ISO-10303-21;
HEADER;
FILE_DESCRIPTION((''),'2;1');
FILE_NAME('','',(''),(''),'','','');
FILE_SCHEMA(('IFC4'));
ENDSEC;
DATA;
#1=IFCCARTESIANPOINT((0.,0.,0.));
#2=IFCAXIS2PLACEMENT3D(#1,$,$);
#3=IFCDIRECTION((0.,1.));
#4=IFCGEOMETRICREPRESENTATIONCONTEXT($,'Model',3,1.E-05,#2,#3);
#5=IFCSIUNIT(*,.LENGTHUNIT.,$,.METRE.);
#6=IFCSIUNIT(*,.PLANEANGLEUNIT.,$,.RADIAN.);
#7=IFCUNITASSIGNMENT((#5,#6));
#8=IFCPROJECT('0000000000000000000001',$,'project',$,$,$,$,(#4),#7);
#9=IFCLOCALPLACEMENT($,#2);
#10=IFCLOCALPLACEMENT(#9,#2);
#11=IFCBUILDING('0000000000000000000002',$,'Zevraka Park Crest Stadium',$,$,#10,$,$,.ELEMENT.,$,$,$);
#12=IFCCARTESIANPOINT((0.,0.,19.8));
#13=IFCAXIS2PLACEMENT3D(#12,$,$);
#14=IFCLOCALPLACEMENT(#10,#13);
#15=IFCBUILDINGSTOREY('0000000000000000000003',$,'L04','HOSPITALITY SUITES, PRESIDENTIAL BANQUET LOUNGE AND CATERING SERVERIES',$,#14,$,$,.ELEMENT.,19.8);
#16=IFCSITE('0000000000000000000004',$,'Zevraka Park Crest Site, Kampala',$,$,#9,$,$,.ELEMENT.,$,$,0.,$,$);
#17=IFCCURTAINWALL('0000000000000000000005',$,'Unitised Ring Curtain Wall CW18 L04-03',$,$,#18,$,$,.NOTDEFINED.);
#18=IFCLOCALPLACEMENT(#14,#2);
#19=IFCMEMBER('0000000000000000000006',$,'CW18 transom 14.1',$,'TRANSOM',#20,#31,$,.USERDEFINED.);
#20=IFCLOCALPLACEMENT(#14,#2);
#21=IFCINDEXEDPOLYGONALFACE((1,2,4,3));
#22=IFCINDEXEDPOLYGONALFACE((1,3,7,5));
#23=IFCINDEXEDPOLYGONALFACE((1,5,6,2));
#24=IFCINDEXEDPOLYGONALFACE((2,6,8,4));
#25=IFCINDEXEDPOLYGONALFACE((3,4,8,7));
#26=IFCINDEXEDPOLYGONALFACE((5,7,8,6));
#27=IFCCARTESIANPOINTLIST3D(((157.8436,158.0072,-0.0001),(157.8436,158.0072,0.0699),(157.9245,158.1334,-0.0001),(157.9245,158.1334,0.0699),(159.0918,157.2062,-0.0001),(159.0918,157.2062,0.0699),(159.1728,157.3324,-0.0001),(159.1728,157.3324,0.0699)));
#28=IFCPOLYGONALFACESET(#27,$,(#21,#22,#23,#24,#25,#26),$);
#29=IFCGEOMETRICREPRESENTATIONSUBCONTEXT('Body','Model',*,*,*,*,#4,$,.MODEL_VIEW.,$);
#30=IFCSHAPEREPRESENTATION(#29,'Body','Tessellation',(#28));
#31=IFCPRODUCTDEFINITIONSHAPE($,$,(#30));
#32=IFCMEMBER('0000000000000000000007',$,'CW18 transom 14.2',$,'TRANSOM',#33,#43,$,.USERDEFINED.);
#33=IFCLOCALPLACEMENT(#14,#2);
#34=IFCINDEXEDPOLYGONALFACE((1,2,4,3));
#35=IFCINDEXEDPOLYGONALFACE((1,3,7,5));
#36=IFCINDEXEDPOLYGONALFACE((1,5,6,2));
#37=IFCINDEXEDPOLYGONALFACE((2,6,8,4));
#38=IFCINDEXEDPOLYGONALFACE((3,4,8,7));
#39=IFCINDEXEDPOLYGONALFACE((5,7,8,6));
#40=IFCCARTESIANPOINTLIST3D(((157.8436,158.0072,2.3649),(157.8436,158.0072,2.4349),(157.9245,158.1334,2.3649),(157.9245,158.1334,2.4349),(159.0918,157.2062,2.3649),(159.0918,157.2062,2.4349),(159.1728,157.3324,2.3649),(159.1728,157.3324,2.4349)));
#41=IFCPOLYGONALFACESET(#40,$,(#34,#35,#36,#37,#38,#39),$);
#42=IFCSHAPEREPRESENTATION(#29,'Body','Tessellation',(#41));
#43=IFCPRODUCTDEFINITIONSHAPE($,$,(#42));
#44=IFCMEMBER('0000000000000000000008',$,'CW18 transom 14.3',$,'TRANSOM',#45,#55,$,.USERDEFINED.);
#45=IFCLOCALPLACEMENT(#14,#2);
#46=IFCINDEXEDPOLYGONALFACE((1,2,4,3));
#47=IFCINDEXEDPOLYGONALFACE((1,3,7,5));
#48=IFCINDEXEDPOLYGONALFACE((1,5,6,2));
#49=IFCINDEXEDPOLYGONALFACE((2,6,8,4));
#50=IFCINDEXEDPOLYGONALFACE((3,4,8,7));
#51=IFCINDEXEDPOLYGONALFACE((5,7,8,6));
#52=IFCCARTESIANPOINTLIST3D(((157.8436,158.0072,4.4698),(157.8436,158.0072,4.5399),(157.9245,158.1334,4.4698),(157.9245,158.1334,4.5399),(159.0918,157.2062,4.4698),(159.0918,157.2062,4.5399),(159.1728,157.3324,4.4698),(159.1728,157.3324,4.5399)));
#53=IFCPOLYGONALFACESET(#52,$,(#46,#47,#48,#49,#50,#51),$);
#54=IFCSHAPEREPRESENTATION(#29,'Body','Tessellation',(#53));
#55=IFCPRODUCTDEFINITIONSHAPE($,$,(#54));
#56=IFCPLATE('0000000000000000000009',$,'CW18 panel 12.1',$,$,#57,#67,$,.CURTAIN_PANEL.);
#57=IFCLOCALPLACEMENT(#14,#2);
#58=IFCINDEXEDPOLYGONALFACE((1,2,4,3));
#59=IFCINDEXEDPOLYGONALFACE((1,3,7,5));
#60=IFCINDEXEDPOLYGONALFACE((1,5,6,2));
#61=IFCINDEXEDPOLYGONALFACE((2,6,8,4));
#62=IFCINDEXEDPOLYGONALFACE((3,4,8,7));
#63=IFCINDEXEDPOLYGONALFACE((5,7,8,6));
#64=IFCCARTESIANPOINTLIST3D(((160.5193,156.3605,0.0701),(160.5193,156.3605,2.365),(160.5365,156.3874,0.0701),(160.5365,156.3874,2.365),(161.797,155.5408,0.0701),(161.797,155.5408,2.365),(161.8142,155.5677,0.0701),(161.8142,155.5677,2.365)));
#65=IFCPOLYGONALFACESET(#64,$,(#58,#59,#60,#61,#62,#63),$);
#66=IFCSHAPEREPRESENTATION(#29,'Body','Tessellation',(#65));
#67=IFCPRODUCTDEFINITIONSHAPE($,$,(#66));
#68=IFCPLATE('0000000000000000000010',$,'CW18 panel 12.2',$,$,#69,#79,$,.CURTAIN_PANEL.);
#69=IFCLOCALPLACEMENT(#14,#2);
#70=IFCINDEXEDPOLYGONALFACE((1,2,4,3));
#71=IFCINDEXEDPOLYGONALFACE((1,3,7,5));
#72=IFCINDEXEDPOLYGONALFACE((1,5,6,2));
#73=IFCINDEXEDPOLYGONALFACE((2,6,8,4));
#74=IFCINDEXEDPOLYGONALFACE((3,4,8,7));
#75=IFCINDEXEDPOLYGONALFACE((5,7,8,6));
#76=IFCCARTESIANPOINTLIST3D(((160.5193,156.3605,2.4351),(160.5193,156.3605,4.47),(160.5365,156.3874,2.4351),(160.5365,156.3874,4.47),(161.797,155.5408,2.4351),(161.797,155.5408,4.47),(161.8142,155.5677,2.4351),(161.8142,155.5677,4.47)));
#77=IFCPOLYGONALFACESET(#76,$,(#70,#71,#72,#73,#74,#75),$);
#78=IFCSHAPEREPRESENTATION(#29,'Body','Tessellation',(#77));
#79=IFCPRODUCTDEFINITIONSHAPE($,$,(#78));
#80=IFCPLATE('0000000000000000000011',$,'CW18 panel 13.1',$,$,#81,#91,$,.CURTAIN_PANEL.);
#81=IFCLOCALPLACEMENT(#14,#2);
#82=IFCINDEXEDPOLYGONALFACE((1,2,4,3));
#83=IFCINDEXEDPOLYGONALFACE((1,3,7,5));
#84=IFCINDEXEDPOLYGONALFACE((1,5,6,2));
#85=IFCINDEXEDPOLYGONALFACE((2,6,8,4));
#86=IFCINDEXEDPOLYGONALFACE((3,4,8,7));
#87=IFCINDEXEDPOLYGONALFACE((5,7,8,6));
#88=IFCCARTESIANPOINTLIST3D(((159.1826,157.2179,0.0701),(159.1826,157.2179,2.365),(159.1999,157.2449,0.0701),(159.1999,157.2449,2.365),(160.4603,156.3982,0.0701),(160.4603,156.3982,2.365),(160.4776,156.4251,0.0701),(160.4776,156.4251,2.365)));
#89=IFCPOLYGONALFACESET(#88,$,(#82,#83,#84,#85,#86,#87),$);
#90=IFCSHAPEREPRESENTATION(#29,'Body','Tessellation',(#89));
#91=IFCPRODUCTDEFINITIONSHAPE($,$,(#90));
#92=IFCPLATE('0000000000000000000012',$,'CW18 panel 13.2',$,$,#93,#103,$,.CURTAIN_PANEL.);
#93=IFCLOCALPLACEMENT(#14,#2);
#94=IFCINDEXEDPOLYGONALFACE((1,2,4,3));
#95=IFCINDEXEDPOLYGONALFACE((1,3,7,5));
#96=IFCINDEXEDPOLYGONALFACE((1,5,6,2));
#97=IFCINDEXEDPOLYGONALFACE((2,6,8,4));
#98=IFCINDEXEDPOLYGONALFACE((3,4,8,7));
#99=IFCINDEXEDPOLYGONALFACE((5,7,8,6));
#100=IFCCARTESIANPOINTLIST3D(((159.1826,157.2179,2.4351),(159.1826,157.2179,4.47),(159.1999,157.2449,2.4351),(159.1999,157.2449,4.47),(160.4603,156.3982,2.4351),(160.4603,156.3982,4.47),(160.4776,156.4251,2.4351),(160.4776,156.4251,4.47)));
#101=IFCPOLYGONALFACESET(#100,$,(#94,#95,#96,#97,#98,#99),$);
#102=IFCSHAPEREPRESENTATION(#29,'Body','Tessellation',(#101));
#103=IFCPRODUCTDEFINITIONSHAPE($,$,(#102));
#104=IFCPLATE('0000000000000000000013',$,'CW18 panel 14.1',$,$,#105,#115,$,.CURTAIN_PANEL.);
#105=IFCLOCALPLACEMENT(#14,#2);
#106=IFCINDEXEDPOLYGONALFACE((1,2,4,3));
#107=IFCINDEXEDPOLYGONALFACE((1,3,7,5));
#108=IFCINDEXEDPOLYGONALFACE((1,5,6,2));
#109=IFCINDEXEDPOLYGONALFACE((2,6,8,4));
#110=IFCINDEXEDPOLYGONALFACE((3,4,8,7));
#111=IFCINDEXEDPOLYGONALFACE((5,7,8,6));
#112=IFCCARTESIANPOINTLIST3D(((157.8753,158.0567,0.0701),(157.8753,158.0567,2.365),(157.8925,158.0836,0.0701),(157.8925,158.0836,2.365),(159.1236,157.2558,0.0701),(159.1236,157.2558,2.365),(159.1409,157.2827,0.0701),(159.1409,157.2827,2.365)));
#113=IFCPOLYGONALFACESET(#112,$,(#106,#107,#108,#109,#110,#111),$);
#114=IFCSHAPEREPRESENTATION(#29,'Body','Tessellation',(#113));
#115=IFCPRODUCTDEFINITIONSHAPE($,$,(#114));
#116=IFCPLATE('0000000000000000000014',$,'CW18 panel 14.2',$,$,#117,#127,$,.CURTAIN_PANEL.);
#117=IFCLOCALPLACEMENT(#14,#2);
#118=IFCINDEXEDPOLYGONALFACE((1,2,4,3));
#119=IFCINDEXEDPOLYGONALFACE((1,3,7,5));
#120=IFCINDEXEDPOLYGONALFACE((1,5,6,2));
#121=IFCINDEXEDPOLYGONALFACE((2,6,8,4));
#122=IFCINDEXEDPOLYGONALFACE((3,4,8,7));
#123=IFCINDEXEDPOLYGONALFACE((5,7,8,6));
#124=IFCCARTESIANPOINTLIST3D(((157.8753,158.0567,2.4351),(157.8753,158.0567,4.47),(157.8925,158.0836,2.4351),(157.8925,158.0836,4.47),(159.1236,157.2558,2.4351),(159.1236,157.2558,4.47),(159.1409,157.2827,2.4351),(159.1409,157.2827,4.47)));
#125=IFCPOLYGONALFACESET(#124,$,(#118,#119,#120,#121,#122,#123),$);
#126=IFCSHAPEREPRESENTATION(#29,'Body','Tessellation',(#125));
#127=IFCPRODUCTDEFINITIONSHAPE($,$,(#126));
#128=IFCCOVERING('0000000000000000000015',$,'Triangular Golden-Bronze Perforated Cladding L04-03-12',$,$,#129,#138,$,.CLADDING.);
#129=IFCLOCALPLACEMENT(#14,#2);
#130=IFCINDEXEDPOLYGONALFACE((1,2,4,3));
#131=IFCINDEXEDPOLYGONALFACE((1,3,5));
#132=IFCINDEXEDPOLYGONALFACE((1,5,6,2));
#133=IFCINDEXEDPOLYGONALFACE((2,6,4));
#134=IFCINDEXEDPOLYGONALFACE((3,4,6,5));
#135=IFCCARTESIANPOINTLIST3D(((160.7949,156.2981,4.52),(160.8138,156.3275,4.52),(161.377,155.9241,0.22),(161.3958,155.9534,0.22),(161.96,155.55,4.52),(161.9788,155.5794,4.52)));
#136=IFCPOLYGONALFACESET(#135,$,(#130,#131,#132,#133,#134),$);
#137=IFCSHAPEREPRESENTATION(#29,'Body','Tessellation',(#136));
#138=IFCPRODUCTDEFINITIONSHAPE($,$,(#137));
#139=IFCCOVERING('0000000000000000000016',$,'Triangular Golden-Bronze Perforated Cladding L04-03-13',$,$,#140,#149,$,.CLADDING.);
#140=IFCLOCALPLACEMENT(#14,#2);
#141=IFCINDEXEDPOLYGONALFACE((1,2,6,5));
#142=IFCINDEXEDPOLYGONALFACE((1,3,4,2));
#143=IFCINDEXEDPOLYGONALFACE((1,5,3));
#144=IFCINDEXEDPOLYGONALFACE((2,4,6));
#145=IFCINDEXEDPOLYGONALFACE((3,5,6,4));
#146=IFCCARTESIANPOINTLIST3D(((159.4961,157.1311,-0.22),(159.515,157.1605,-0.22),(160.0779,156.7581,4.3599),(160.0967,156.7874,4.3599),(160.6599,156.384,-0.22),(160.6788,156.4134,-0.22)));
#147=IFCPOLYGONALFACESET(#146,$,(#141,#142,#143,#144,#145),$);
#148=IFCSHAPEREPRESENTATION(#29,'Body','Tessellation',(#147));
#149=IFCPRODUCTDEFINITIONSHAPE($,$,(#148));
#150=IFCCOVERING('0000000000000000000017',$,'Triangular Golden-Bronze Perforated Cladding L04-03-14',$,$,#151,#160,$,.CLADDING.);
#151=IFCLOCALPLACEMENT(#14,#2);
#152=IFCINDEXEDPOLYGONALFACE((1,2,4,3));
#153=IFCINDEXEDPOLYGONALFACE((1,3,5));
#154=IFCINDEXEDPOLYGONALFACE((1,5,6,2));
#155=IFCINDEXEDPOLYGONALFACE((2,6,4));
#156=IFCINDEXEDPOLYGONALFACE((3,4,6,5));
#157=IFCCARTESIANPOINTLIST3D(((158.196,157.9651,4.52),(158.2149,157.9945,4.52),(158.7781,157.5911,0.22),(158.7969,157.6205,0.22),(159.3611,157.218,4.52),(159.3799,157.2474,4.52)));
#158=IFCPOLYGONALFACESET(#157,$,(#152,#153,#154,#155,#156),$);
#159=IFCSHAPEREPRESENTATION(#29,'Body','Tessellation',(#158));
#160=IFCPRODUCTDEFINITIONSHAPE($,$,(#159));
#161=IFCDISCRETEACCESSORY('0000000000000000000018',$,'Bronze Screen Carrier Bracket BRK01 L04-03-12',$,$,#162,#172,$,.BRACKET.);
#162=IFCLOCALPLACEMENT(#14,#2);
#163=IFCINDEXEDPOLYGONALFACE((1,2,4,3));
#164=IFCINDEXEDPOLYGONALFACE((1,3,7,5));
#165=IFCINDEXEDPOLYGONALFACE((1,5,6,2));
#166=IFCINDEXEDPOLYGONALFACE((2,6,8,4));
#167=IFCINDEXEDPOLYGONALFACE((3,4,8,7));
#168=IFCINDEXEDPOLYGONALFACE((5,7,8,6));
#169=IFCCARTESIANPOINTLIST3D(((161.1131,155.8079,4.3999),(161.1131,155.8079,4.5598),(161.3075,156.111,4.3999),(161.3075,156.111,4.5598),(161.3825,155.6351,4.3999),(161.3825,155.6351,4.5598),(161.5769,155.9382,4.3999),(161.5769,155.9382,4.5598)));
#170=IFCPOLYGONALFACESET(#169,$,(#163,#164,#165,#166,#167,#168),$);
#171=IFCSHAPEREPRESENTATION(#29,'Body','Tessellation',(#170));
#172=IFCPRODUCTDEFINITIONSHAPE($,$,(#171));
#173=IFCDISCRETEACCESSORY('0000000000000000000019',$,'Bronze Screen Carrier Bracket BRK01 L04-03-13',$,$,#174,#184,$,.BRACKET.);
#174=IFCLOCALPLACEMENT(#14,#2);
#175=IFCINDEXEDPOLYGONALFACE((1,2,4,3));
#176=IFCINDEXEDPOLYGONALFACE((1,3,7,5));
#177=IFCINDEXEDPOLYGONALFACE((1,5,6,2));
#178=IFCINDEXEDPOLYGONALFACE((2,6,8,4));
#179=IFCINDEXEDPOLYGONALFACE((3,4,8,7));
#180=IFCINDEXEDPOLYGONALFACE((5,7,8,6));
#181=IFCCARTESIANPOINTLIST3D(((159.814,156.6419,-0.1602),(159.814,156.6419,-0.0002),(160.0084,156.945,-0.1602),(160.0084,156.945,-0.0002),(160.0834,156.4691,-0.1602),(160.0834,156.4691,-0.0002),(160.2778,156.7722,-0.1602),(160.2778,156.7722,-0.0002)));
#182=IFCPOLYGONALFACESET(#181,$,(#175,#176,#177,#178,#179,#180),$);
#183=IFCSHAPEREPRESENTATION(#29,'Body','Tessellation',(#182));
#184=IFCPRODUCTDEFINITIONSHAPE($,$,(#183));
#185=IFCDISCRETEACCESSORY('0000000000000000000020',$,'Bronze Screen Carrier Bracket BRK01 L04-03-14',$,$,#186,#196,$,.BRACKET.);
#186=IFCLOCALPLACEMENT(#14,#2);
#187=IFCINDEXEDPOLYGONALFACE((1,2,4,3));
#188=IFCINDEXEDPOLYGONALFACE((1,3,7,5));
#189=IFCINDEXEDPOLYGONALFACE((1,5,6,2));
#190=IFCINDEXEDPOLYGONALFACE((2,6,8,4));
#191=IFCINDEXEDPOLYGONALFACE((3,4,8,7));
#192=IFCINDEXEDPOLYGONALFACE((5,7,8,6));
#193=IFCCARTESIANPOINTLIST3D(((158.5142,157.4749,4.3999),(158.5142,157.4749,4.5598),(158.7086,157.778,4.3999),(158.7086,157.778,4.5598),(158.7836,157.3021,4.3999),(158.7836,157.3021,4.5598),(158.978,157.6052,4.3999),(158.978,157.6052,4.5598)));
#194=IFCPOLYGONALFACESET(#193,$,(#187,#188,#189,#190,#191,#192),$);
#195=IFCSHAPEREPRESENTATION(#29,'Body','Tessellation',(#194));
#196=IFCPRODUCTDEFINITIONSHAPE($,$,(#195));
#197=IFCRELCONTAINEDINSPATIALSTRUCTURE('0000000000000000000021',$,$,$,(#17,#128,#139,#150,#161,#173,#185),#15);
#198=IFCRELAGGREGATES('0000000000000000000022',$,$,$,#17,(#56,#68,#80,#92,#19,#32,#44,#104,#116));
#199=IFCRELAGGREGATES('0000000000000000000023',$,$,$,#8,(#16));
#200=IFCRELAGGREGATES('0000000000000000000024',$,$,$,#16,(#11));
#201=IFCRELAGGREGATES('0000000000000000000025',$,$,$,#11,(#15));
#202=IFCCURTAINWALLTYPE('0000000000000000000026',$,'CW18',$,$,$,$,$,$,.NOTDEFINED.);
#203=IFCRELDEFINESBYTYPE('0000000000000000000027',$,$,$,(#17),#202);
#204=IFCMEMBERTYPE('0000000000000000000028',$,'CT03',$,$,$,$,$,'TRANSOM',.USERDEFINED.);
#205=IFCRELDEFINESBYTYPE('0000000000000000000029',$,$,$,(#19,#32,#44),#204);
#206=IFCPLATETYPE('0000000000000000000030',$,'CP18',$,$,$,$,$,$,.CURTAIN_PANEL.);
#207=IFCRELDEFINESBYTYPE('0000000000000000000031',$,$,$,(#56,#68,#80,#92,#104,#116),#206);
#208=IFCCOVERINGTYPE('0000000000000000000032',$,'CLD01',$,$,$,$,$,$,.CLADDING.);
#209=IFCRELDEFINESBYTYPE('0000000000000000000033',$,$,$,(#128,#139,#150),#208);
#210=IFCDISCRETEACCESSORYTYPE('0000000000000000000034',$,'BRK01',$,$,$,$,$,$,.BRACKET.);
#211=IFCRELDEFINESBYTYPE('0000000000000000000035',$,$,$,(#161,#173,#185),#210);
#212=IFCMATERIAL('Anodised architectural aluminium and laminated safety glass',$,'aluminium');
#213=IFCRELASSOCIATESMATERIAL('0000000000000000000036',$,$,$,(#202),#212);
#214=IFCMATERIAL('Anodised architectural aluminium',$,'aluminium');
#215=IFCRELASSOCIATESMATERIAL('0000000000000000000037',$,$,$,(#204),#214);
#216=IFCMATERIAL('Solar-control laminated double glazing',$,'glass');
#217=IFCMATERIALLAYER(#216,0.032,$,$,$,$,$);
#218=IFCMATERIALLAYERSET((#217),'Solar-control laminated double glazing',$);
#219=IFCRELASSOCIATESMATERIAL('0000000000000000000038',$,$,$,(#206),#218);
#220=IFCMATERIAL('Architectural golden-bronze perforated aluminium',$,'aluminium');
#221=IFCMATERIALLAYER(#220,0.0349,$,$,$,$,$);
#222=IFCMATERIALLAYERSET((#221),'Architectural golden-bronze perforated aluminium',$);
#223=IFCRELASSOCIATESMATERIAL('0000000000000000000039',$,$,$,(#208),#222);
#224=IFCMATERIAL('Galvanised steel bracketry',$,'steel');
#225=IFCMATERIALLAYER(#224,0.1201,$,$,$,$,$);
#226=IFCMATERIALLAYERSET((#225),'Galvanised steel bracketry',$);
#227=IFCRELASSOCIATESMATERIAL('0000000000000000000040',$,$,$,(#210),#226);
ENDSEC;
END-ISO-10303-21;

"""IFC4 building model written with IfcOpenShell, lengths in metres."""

from ifc_helpers import new_model, si_unit, direction, frame, origin, origin_2d, place, context, subcontext, project, spatial, polyline, rectangle, outline, extrude, material, layer, layer_set, material_profile, profile_set, type_object, element, aggregate, save


model = new_model("IFC4")

# Units and contexts
model_context = context("Model", 3, precision=1e-05, world=origin(), true_north=direction((0.0, 1.0)))
body_context = subcontext(model_context, "Body", "Model", "MODEL_VIEW")
ifc_project = project(units=[si_unit("LENGTHUNIT", "METRE"), si_unit("PLANEANGLEUNIT", "RADIAN")], contexts=[model_context])

# Site, building, storey
site_placement = place(None, origin())
site = spatial("IfcSite", under=ifc_project, at=site_placement, Name="Zevraka Park Crest Site, Kampala", CompositionType="ELEMENT", RefElevation=0.0)
building_placement = place(site_placement, origin())
building = spatial("IfcBuilding", under=site, at=building_placement, Name="Zevraka Park Crest Stadium", CompositionType="ELEMENT")
storey_placement = place(building_placement, frame((0.0, 0.0, 19.8)))
storey = spatial("IfcBuildingStorey", under=building, at=storey_placement, Name="L04", Description="HOSPITALITY SUITES, PRESIDENTIAL BANQUET LOUNGE AND CATERING SERVERIES", CompositionType="ELEMENT", Elevation=19.8)

# Curtain wall
ifc_material_1 = material(Name="Anodised architectural aluminium and laminated safety glass", Category="aluminium")
curtain_wall_type_1 = type_object("IfcCurtainWallType", Name="CW18", PredefinedType="NOTDEFINED", material=ifc_material_1)
curtain_wall_1_placement = place(storey_placement, origin())
curtain_wall_1 = element("IfcCurtainWall", 1, at=curtain_wall_1_placement, inside=storey, type_object=curtain_wall_type_1, Name="Unitised Ring Curtain Wall CW18 L04-03", PredefinedType="NOTDEFINED")

# Members
ifc_material_2 = material(Name="Anodised architectural aluminium", Category="aluminium")
ifc_material_profile_1 = material_profile(ifc_material_2, rectangle(XDim=0.1499, YDim=0.0701, at=origin_2d()), Name="ALU TRANSOM 150x70")
ifc_profile_set_1 = profile_set([ifc_material_profile_1], Name="Anodised architectural aluminium")
member_type_1 = type_object("IfcMemberType", Name="CT03", ElementType="TRANSOM", PredefinedType="USERDEFINED", material=ifc_profile_set_1)
member_1_placement = place(storey_placement, frame((159.1323, 157.2693, 0.0349), z_axis=(-0.841622, 0.540067, 0.0), x_axis=(-0.540067, -0.841622, 0.0)))
member_1 = element("IfcMember", 2, at=member_1_placement, type_object=member_type_1, Name="CW18 transom 14.1", ObjectType="TRANSOM", PredefinedType="USERDEFINED", context=body_context, shape_type="SweptSolid", body=[
    extrude(rectangle(XDim=0.1499, YDim=0.0701, at=origin_2d()), origin(), (0.0, 0.0, 1.0), 1.4832),
])
member_2_placement = place(storey_placement, frame((159.1323, 157.2693, 2.3999), z_axis=(-0.841622, 0.540067, 0.0), x_axis=(-0.540067, -0.841622, 0.0)))
member_2 = element("IfcMember", 3, at=member_2_placement, type_object=member_type_1, Name="CW18 transom 14.2", ObjectType="TRANSOM", PredefinedType="USERDEFINED", context=body_context, shape_type="SweptSolid", body=[
    extrude(rectangle(XDim=0.1499, YDim=0.0701, at=origin_2d()), origin(), (0.0, 0.0, 1.0), 1.4832),
])
member_3_placement = place(storey_placement, frame((159.1323, 157.2693, 4.5049), z_axis=(-0.841622, 0.540067, 0.0), x_axis=(-0.540067, -0.841622, 0.0)))
member_3 = element("IfcMember", 4, at=member_3_placement, type_object=member_type_1, Name="CW18 transom 14.3", ObjectType="TRANSOM", PredefinedType="USERDEFINED", context=body_context, shape_type="SweptSolid", body=[
    extrude(rectangle(XDim=0.1499, YDim=0.0701, at=origin_2d()), origin(), (0.0, 0.0, 1.0), 1.4832),
])

# Plates
ifc_material_3 = material(Name="Solar-control laminated double glazing", Category="glass")
ifc_layer_1 = layer(ifc_material_3, 0.032)
ifc_layer_set_1 = layer_set([ifc_layer_1], Name="Solar-control laminated double glazing")
plate_type = type_object("IfcPlateType", Name="CP18", PredefinedType="CURTAIN_PANEL", material=ifc_layer_set_1)
plate_1_placement = place(storey_placement, frame((161.1667, 155.9641, 0.0701), z_axis=(0.0, 0.0, 1.0), x_axis=(-0.841678, 0.53998, 0.0)))
plate_1 = element("IfcPlate", 5, at=plate_1_placement, type_object=plate_type, Name="CW18 panel 12.1", PredefinedType="CURTAIN_PANEL", context=body_context, shape_type="SweptSolid", body=[
    extrude(rectangle(XDim=1.5181, YDim=0.032, at=origin_2d()), origin(), (0.0, 0.0, 1.0), 2.2949),
])
plate_2_placement = place(storey_placement, frame((161.1667, 155.9641, 2.4351), z_axis=(0.0, 0.0, 1.0), x_axis=(-0.841678, 0.53998, 0.0)))
plate_2 = element("IfcPlate", 6, at=plate_2_placement, type_object=plate_type, Name="CW18 panel 12.2", PredefinedType="CURTAIN_PANEL", context=body_context, shape_type="SweptSolid", body=[
    extrude(rectangle(XDim=1.5181, YDim=0.032, at=origin_2d()), origin(), (0.0, 0.0, 1.0), 2.0349),
])
plate_3_placement = place(storey_placement, frame((159.8301, 156.8215, 0.0701), z_axis=(0.0, 0.0, 1.0), x_axis=(-0.841678, 0.53998, 0.0)))
plate_3 = element("IfcPlate", 7, at=plate_3_placement, type_object=plate_type, Name="CW18 panel 13.1", PredefinedType="CURTAIN_PANEL", context=body_context, shape_type="SweptSolid", body=[
    extrude(rectangle(XDim=1.5181, YDim=0.032, at=origin_2d()), origin(), (0.0, 0.0, 1.0), 2.2949),
])
plate_4_placement = place(storey_placement, frame((159.8301, 156.8215, 2.4351), z_axis=(0.0, 0.0, 1.0), x_axis=(-0.841678, 0.53998, 0.0)))
plate_4 = element("IfcPlate", 8, at=plate_4_placement, type_object=plate_type, Name="CW18 panel 13.2", PredefinedType="CURTAIN_PANEL", context=body_context, shape_type="SweptSolid", body=[
    extrude(rectangle(XDim=1.5181, YDim=0.032, at=origin_2d()), origin(), (0.0, 0.0, 1.0), 2.0349),
])
plate_5_placement = place(storey_placement, frame((158.5081, 157.6697, 0.0701), z_axis=(0.0, 0.0, 1.0), x_axis=(-0.841678, 0.53998, 0.0)))
plate_5 = element("IfcPlate", 9, at=plate_5_placement, type_object=plate_type, Name="CW18 panel 14.1", PredefinedType="CURTAIN_PANEL", context=body_context, shape_type="SweptSolid", body=[
    extrude(rectangle(XDim=1.4832, YDim=0.032, at=origin_2d()), origin(), (0.0, 0.0, 1.0), 2.2949),
])
plate_6_placement = place(storey_placement, frame((158.5081, 157.6697, 2.4351), z_axis=(0.0, 0.0, 1.0), x_axis=(-0.841678, 0.53998, 0.0)))
plate_6 = element("IfcPlate", 10, at=plate_6_placement, type_object=plate_type, Name="CW18 panel 14.2", PredefinedType="CURTAIN_PANEL", context=body_context, shape_type="SweptSolid", body=[
    extrude(rectangle(XDim=1.4832, YDim=0.032, at=origin_2d()), origin(), (0.0, 0.0, 1.0), 2.0349),
])
aggregate(curtain_wall_1, [plate_1, plate_2, plate_3, plate_4, member_1, member_2, member_3, plate_5, plate_6])

# Coverings
ifc_material_4 = material(Name="Architectural golden-bronze perforated aluminium", Category="aluminium")
ifc_layer_2 = layer(ifc_material_4, 0.0349)
ifc_layer_set_2 = layer_set([ifc_layer_2], Name="Architectural golden-bronze perforated aluminium")
covering_type = type_object("IfcCoveringType", Name="CLD01", PredefinedType="CLADDING", material=ifc_layer_set_2)
covering_1_placement = place(storey_placement, frame((160.7949, 156.2981, 4.52), z_axis=(-0.540294, -0.841476, 0.000061), x_axis=(0.841476, -0.540294, 0.0)))
element("IfcCovering", 11, at=covering_1_placement, inside=storey, type_object=covering_type, Name="Triangular Golden-Bronze Perforated Cladding L04-03-12", PredefinedType="CLADDING", context=body_context, shape_type="SweptSolid", body=[
    extrude(outline(polyline([(0.0, 0.0), (1.3845, 0.0), (0.6918, -4.3), (0.0, 0.0)])), origin(), (0.0, 0.0, -1.0), 0.0349),
])
covering_2_placement = place(storey_placement, frame((160.6599, 156.384, -0.22), z_axis=(-0.540195, -0.84154, 0.000075), x_axis=(-0.84154, 0.540195, 0.0)))
element("IfcCovering", 12, at=covering_2_placement, inside=storey, type_object=covering_type, Name="Triangular Golden-Bronze Perforated Cladding L04-03-13", PredefinedType="CLADDING", context=body_context, shape_type="SweptSolid", body=[
    extrude(outline(polyline([(0.0, 0.0), (1.383, 0.0), (0.6918, -4.5798), (0.0, 0.0)])), origin(), (0.0, 0.0, -1.0), 0.0349),
])
covering_3_placement = place(storey_placement, frame((158.196, 157.9651, 4.52), z_axis=(-0.539794, -0.841797, 0.000157), x_axis=(0.841797, -0.539794, 0.0)))
element("IfcCovering", 13, at=covering_3_placement, inside=storey, type_object=covering_type, Name="Triangular Golden-Bronze Perforated Cladding L04-03-14", PredefinedType="CLADDING", context=body_context, shape_type="SweptSolid", body=[
    extrude(outline(polyline([(0.0, 0.0), (1.384, 0.0), (0.6918, -4.3), (0.0, 0.0)])), origin(), (0.0, 0.0, -1.0), 0.0349),
])

# Discrete accessories
ifc_material_5 = material(Name="Galvanised steel bracketry", Category="steel")
ifc_layer_3 = layer(ifc_material_5, 0.1201)
ifc_layer_set_3 = layer_set([ifc_layer_3], Name="Galvanised steel bracketry")
discrete_accessory_type = type_object("IfcDiscreteAccessoryType", Name="BRK01", PredefinedType="BRACKET", material=ifc_layer_set_3)
for number, where, z_axis, x_axis, name in (
    (14, (161.345, 155.873, 4.3999), (0.0, 0.0, 1.0), (-0.841699, 0.539947, 0.0), "Bronze Screen Carrier Bracket BRK01 L04-03-12"),
    (15, (160.0459, 156.707, -0.1602), (0.0, 0.0, 1.0), (-0.841699, 0.539947, 0.0), "Bronze Screen Carrier Bracket BRK01 L04-03-13"),
    (16, (158.7461, 157.54, 4.3999), (0.0, 0.0, 1.0), (-0.841699, 0.539947, 0.0), "Bronze Screen Carrier Bracket BRK01 L04-03-14"),
):
    element("IfcDiscreteAccessory", number, at=place(storey_placement, frame(where, z_axis=z_axis, x_axis=x_axis)), inside=storey, type_object=discrete_accessory_type, Name=name, PredefinedType="BRACKET", context=body_context, shape_type="SweptSolid", body=[
        extrude(rectangle(XDim=0.3201, YDim=0.3601, at=origin_2d()), origin(), (0.0, 0.0, 1.0), 0.1599),
    ])

save(model, "model.ifc")
